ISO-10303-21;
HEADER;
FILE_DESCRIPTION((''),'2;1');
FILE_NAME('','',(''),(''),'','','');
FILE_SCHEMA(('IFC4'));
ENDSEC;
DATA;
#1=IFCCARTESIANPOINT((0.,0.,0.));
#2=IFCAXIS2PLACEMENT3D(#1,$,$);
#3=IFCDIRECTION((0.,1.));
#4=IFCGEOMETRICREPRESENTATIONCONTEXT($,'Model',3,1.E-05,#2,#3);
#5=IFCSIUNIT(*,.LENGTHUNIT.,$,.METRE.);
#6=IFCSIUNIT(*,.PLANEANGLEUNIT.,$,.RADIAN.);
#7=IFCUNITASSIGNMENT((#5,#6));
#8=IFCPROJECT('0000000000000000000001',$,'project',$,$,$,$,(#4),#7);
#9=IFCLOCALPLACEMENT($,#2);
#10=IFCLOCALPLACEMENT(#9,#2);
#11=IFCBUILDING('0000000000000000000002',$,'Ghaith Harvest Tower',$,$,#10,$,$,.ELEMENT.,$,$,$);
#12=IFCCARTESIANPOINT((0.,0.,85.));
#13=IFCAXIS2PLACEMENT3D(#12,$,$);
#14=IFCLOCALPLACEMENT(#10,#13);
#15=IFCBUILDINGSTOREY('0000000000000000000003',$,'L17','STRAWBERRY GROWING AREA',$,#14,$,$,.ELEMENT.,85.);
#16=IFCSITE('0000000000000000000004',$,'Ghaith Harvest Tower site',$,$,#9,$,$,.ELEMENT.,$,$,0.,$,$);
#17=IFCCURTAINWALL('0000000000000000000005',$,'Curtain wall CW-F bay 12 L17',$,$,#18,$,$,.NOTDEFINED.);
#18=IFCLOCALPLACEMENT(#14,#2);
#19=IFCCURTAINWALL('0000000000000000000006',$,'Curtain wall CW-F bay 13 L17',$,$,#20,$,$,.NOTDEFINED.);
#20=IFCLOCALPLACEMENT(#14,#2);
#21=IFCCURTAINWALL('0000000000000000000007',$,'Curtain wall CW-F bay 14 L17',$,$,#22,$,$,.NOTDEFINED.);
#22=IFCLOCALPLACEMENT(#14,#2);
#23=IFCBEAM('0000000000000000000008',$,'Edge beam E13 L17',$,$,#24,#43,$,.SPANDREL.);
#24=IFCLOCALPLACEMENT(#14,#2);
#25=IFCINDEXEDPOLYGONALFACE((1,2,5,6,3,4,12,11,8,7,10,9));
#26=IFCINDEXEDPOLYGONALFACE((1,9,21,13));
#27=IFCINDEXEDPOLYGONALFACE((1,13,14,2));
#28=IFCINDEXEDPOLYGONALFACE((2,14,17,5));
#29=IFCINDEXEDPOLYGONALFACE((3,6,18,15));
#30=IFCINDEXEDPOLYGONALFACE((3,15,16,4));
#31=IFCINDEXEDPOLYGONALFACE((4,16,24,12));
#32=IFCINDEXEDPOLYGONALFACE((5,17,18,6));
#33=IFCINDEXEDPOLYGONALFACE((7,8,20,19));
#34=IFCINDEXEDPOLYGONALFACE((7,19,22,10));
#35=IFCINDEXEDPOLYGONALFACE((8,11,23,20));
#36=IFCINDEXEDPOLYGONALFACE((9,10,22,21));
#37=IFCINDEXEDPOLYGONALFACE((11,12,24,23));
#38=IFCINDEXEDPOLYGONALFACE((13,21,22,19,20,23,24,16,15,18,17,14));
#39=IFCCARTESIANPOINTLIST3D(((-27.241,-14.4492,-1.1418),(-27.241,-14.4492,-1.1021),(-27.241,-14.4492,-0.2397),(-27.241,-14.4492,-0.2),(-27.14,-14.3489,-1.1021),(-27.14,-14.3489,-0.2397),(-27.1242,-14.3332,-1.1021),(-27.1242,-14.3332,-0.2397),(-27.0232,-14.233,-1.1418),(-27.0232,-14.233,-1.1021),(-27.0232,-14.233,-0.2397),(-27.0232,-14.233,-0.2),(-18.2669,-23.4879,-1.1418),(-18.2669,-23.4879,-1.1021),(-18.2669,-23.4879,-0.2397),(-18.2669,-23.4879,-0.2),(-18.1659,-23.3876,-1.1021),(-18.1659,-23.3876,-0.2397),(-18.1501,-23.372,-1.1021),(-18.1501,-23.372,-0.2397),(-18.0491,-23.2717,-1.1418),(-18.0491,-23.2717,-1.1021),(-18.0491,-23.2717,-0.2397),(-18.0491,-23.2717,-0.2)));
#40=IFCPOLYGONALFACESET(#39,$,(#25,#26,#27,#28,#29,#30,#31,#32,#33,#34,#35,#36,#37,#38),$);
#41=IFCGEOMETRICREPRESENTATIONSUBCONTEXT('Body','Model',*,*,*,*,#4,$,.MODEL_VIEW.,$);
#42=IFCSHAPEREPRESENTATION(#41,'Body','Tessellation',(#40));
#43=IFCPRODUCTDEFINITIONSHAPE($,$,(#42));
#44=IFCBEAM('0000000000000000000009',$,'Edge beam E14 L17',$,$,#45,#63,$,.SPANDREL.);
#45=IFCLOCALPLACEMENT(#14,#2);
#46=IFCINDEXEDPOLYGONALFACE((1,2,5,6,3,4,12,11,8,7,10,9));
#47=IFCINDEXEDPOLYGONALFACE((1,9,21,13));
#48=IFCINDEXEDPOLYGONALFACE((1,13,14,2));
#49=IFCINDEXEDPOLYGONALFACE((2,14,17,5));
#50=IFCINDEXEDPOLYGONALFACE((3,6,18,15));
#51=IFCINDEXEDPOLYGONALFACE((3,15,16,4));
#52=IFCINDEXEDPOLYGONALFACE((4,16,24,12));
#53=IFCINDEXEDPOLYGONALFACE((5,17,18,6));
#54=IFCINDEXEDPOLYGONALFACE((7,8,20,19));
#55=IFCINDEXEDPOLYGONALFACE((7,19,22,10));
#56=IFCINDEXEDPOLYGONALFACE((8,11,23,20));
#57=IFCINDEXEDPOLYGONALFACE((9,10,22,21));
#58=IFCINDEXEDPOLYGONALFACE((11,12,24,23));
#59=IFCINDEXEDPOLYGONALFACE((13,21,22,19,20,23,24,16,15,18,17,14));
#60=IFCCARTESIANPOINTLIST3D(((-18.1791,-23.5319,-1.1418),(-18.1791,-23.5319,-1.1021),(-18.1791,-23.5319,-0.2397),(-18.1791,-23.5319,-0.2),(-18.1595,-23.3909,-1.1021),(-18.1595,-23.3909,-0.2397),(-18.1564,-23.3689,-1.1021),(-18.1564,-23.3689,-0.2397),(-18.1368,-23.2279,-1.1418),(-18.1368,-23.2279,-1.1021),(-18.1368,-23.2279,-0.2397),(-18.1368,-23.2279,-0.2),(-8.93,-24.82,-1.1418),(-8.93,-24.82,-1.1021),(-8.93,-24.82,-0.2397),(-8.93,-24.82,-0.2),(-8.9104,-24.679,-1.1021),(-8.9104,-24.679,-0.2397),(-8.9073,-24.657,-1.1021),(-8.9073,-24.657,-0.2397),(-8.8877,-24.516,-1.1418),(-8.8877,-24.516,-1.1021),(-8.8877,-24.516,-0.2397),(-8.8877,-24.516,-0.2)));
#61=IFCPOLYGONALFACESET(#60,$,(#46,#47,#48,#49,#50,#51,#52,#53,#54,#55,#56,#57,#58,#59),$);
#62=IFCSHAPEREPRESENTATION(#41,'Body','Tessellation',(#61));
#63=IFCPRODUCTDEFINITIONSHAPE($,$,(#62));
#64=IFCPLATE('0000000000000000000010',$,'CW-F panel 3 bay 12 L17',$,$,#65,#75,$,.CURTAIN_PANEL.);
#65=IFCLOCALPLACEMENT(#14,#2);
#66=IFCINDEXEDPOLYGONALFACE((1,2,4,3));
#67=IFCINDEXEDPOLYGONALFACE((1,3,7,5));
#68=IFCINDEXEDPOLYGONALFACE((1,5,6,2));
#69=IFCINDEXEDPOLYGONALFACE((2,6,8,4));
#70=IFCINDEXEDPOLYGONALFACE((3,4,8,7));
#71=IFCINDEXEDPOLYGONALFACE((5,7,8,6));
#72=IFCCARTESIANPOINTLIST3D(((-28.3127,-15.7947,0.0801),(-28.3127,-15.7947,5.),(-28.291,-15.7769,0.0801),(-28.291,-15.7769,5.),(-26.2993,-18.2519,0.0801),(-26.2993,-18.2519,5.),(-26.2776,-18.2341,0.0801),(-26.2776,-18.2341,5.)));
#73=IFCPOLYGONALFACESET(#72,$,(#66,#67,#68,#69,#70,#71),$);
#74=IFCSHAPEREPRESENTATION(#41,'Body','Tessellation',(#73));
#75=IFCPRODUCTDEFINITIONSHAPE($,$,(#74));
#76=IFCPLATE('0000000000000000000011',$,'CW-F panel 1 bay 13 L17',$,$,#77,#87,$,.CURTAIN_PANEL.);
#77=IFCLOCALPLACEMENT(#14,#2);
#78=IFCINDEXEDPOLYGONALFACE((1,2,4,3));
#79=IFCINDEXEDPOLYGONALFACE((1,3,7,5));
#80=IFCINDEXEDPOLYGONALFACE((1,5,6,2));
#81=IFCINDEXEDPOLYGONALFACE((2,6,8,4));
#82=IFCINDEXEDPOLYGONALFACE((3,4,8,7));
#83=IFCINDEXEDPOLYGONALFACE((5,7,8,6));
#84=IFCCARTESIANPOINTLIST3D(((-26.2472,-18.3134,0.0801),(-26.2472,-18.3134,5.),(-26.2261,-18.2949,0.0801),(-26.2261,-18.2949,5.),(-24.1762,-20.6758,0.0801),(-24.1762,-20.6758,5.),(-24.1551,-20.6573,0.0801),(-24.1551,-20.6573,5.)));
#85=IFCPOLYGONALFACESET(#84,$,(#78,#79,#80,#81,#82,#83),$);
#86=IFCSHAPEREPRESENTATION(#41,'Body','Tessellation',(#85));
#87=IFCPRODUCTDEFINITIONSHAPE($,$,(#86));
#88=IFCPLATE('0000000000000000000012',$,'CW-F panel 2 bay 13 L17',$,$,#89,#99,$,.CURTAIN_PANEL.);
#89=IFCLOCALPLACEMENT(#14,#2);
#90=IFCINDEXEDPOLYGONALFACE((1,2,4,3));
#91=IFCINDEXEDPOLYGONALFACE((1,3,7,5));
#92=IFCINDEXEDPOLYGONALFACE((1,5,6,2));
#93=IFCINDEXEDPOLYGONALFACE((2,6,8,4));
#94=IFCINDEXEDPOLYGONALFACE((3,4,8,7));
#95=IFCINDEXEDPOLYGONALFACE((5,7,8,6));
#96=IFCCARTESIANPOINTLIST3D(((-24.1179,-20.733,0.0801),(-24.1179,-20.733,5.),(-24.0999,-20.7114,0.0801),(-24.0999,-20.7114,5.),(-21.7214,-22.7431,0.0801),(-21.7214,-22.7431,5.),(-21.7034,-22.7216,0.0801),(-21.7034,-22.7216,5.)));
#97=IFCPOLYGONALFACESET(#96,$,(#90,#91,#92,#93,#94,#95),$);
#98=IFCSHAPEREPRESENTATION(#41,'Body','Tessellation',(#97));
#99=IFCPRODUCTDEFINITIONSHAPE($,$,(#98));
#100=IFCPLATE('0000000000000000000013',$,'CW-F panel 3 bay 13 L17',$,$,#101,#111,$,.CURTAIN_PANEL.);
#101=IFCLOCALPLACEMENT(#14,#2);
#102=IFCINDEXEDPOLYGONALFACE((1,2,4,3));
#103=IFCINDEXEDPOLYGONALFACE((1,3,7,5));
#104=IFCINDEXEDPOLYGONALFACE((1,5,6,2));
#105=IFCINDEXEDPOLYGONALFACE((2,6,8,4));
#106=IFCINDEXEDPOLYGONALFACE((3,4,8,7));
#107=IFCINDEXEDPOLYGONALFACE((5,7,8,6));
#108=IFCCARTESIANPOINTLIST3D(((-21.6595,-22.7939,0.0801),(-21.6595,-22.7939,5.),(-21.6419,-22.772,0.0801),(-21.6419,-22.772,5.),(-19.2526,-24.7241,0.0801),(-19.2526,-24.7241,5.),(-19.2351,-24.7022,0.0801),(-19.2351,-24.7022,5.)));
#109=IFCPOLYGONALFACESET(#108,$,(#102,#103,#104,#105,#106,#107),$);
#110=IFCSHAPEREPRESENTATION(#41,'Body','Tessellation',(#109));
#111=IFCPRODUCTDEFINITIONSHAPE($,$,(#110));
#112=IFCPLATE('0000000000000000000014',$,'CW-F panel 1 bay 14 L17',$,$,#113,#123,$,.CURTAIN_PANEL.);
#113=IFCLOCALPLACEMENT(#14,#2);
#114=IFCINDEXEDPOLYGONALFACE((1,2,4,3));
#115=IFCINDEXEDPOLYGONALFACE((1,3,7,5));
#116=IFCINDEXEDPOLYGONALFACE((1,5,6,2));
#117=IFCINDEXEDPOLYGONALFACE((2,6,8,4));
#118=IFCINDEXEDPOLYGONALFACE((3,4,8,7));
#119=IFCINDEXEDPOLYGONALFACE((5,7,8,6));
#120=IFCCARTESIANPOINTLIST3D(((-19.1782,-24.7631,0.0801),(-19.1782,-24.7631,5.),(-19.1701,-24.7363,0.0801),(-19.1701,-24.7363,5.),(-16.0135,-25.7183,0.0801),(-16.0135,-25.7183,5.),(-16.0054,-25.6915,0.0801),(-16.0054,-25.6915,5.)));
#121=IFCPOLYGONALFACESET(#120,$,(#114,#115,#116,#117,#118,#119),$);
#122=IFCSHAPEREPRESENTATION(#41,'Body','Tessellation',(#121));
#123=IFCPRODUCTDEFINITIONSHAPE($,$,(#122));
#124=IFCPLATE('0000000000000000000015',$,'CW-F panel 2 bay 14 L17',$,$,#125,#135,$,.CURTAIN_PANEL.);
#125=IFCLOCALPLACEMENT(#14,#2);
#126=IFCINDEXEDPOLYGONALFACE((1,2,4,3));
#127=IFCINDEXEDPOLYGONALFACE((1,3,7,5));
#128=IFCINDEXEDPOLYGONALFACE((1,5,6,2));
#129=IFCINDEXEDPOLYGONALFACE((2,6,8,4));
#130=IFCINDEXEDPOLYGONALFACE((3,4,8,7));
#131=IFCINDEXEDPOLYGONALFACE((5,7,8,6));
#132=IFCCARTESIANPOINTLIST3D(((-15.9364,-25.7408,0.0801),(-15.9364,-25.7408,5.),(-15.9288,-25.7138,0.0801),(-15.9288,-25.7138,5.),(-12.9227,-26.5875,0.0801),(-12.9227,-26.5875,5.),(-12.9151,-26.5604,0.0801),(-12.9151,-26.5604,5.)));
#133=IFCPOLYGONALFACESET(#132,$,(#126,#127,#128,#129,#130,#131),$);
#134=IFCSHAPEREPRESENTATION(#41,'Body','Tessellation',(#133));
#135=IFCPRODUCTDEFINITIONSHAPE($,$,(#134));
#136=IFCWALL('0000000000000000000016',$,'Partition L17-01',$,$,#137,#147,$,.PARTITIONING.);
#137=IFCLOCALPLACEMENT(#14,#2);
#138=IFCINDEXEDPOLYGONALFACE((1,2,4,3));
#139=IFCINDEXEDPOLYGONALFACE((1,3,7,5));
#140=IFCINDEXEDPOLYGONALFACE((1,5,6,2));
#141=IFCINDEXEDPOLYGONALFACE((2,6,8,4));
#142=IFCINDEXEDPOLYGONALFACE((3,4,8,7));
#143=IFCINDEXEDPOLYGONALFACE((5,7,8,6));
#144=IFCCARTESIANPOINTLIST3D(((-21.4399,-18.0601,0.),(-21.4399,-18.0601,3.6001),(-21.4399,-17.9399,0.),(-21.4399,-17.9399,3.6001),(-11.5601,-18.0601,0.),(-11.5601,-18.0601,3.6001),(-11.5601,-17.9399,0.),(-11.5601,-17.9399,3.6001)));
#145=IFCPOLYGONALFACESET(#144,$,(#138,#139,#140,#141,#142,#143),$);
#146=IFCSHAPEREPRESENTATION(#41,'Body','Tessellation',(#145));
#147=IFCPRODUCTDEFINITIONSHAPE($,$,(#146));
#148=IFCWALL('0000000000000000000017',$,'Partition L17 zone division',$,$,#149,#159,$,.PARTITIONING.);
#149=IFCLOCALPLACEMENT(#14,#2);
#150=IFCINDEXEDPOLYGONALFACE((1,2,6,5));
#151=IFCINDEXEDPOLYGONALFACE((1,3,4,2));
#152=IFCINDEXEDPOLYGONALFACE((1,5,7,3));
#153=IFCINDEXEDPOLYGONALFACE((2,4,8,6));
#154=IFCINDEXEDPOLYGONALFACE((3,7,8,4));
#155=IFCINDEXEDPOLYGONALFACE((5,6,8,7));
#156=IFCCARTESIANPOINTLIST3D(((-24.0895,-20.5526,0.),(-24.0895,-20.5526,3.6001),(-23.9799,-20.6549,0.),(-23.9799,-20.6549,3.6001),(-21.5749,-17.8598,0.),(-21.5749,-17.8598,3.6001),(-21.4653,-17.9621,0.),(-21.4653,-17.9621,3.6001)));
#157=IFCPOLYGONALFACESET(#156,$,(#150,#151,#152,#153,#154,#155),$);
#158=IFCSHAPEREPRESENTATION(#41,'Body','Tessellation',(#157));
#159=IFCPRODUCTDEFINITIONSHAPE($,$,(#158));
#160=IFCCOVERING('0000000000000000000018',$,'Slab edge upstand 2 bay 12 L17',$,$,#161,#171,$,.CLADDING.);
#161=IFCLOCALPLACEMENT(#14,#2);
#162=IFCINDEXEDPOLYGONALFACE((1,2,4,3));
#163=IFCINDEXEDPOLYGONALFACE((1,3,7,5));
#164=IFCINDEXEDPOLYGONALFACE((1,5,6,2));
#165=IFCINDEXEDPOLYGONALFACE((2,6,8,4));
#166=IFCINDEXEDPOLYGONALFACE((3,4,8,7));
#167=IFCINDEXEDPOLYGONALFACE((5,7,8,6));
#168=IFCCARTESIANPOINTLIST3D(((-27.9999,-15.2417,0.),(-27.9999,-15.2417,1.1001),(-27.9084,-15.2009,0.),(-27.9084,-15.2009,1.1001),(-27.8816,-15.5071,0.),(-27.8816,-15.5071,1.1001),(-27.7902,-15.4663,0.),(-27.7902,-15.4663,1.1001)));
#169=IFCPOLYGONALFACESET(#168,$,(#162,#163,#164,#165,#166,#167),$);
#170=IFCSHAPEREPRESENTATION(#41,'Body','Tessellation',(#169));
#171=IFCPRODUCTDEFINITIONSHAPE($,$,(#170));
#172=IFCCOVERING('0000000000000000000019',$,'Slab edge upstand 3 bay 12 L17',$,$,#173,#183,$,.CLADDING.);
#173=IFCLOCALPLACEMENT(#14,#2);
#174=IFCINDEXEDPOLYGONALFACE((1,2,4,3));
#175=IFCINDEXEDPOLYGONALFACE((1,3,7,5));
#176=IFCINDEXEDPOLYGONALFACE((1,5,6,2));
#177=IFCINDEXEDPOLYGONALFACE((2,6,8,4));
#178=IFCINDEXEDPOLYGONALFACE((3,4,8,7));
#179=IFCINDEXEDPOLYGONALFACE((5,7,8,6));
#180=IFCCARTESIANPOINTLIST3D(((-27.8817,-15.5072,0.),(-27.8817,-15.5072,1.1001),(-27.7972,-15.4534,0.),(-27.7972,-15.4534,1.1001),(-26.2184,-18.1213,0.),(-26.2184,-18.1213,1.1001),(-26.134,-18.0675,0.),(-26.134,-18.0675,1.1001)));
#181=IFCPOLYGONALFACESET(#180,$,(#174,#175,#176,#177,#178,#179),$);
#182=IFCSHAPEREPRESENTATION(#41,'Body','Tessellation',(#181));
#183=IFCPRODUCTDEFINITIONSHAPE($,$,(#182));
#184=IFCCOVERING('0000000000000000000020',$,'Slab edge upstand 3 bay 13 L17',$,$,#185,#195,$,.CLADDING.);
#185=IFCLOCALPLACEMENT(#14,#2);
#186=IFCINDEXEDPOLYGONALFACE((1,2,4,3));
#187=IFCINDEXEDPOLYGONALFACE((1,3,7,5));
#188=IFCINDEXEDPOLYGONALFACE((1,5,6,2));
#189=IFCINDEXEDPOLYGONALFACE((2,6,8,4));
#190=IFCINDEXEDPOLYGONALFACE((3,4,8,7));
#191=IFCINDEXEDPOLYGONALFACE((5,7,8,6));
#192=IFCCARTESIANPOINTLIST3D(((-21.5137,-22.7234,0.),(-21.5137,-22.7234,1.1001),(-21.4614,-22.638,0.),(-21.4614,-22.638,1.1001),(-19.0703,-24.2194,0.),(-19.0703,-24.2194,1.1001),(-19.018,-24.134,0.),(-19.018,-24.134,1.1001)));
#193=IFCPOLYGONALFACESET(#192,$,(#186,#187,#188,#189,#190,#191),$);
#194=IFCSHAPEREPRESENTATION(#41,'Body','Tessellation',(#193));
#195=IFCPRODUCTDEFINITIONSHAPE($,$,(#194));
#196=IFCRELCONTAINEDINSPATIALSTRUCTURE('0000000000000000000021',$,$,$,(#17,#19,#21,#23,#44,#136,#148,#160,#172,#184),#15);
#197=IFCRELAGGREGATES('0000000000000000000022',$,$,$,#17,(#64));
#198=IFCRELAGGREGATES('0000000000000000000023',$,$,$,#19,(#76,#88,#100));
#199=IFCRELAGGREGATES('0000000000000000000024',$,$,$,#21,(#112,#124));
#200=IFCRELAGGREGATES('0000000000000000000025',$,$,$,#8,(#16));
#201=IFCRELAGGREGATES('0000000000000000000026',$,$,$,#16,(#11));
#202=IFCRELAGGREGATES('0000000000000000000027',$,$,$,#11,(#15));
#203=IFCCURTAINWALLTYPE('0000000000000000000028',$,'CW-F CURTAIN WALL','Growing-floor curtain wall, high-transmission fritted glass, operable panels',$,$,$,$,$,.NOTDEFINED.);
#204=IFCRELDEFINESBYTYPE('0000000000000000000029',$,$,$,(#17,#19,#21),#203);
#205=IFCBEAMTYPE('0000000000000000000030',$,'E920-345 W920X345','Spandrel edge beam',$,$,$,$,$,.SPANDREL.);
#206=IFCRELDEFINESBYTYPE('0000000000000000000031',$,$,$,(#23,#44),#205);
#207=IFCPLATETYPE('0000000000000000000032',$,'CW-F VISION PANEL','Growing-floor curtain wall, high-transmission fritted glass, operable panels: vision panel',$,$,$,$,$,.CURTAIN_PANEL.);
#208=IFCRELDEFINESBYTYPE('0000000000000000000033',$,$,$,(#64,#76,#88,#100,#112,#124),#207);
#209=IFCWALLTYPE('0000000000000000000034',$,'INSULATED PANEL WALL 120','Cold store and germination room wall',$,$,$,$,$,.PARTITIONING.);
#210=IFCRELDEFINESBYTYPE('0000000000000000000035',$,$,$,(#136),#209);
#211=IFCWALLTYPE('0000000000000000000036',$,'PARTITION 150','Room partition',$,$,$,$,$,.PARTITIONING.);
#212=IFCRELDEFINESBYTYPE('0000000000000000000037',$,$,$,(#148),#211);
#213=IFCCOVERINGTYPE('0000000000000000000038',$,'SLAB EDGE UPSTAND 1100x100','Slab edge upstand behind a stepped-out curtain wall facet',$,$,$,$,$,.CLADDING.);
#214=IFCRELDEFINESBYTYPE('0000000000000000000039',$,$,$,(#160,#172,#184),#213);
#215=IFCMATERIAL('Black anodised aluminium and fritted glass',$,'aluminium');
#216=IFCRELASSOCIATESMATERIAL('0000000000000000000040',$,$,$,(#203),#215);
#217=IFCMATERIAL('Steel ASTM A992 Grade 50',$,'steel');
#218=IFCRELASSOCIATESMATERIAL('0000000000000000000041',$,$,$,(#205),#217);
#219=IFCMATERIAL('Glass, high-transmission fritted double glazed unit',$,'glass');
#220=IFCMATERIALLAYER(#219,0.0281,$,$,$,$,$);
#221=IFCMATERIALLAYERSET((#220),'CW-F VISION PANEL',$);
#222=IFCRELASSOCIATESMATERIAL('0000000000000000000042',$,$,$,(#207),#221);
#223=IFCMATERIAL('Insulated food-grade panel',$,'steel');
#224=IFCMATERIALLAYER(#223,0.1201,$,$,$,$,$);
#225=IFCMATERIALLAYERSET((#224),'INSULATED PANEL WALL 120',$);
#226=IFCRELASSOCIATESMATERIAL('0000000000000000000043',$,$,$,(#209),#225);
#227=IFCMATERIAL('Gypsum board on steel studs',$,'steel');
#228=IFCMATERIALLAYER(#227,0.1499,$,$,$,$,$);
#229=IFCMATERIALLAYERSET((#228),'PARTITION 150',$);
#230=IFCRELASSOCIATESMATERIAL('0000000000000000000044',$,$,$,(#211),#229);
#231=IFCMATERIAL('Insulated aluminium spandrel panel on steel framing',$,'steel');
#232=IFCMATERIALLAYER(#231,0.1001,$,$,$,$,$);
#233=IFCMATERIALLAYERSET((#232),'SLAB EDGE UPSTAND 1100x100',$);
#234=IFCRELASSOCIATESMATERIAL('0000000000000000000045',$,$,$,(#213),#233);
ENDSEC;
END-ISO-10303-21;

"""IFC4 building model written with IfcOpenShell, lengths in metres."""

from ifc_helpers import new_model, si_unit, direction, frame, frame_2d, origin, origin_2d, place, context, subcontext, project, spatial, rectangle, i_section, extrude, material, layer, layer_set, material_profile, profile_set, type_object, element, aggregate, save


model = new_model("IFC4")

# Units and contexts
model_context = context("Model", 3, precision=1e-05, world=origin(), true_north=direction((0.0, 1.0)))
body_context = subcontext(model_context, "Body", "Model", "MODEL_VIEW")
ifc_project = project(units=[si_unit("LENGTHUNIT", "METRE"), si_unit("PLANEANGLEUNIT", "RADIAN")], contexts=[model_context])

# Site, building, storey
site_placement = place(None, origin())
site = spatial("IfcSite", under=ifc_project, at=site_placement, Name="Ghaith Harvest Tower site", CompositionType="ELEMENT", RefElevation=0.0)
building_placement = place(site_placement, origin())
building = spatial("IfcBuilding", under=site, at=building_placement, Name="Ghaith Harvest Tower", CompositionType="ELEMENT")
storey_placement = place(building_placement, frame((0.0, 0.0, 85.0)))
storey = spatial("IfcBuildingStorey", under=building, at=storey_placement, Name="L17", Description="STRAWBERRY GROWING AREA", CompositionType="ELEMENT", Elevation=85.0)

# Curtain wall
ifc_material_1 = material(Name="Black anodised aluminium and fritted glass", Category="aluminium")
curtain_wall_type = type_object("IfcCurtainWallType", Name="CW-F CURTAIN WALL", Description="Growing-floor curtain wall, high-transmission fritted glass, operable panels", PredefinedType="NOTDEFINED", material=ifc_material_1)
curtain_wall_1_placement = place(storey_placement, origin())
curtain_wall_1 = element("IfcCurtainWall", 1, at=curtain_wall_1_placement, inside=storey, type_object=curtain_wall_type, Name="Curtain wall CW-F bay 12 L17", PredefinedType="NOTDEFINED")

# Curtain walls
curtain_wall_2_placement = place(storey_placement, origin())
curtain_wall_2 = element("IfcCurtainWall", 2, at=curtain_wall_2_placement, inside=storey, type_object=curtain_wall_type, Name="Curtain wall CW-F bay 13 L17", PredefinedType="NOTDEFINED")
curtain_wall_3_placement = place(storey_placement, origin())
curtain_wall_3 = element("IfcCurtainWall", 3, at=curtain_wall_3_placement, inside=storey, type_object=curtain_wall_type, Name="Curtain wall CW-F bay 14 L17", PredefinedType="NOTDEFINED")

# Beams
ifc_material_2 = material(Name="Steel ASTM A992 Grade 50", Category="steel")
ifc_material_profile_1 = material_profile(ifc_material_2, i_section(OverallWidth=0.3069, OverallDepth=0.9419, WebThickness=0.0222, FlangeThickness=0.0398, at=origin_2d()), Name="W920X345")
ifc_profile_set_1 = profile_set([ifc_material_profile_1], Name="Steel ASTM A992 Grade 50")
beam_type = type_object("IfcBeamType", Name="E920-345 W920X345", Description="Spandrel edge beam", PredefinedType="SPANDREL", material=ifc_profile_set_1)
beam_1_placement = place(storey_placement, frame((-27.1321, -14.3411, -0.6709), z_axis=(0.704563, -0.709642, 0.0), x_axis=(0.709642, 0.704563, 0.0)))
element("IfcBeam", 4, at=beam_1_placement, inside=storey, type_object=beam_type, Name="Edge beam E13 L17", PredefinedType="SPANDREL", context=body_context, shape_type="SweptSolid", body=[
    extrude(i_section(OverallWidth=0.3069, OverallDepth=0.9419, WebThickness=0.0222, FlangeThickness=0.0398, at=origin_2d()), origin(), (0.0, 0.0, 1.0), 12.7371),
])
beam_2_placement = place(storey_placement, frame((-18.158, -23.3799, -0.6709), z_axis=(0.990441, -0.137936, 0.0), x_axis=(0.137936, 0.990441, 0.0)))
element("IfcBeam", 5, at=beam_2_placement, inside=storey, type_object=beam_type, Name="Edge beam E14 L17", PredefinedType="SPANDREL", context=body_context, shape_type="SweptSolid", body=[
    extrude(i_section(OverallWidth=0.3069, OverallDepth=0.9419, WebThickness=0.0222, FlangeThickness=0.0398, at=origin_2d()), origin(), (0.0, 0.0, 1.0), 9.3384),
])

# Plates
ifc_material_3 = material(Name="Glass, high-transmission fritted double glazed unit", Category="glass")
ifc_layer_1 = layer(ifc_material_3, 0.0281)
ifc_layer_set_1 = layer_set([ifc_layer_1], Name="CW-F VISION PANEL")
plate_type = type_object("IfcPlateType", Name="CW-F VISION PANEL", Description="Growing-floor curtain wall, high-transmission fritted glass, operable panels: vision panel", PredefinedType="CURTAIN_PANEL", material=ifc_layer_set_1)
plate_1_placement = place(storey_placement, frame((-27.2952, -17.0144, 0.0801), z_axis=(0.0, 0.0, 1.0), x_axis=(0.63379, -0.773505, 0.0)))
plate_1 = element("IfcPlate", 6, at=plate_1_placement, type_object=plate_type, Name="CW-F panel 3 bay 12 L17", PredefinedType="CURTAIN_PANEL", context=body_context, shape_type="SweptSolid", body=[
    extrude(rectangle(XDim=3.1768, YDim=0.0281, at=origin_2d()), origin(), (0.0, 0.0, 1.0), 4.9199),
])
aggregate(curtain_wall_1, [plate_1])
plate_2_placement = place(storey_placement, frame((-25.2012, -19.4854, 0.0801), z_axis=(0.0, 0.0, 1.0), x_axis=(0.659216, -0.751954, 0.0)))
plate_2 = element("IfcPlate", 7, at=plate_2_placement, type_object=plate_type, Name="CW-F panel 1 bay 13 L17", PredefinedType="CURTAIN_PANEL", context=body_context, shape_type="SweptSolid", body=[
    extrude(rectangle(XDim=3.1416, YDim=0.0281, at=origin_2d()), origin(), (0.0, 0.0, 1.0), 4.9199),
])
plate_3_placement = place(storey_placement, frame((-22.9106, -21.7273, 0.0801), z_axis=(0.0, 0.0, 1.0), x_axis=(0.766155, -0.642656, 0.0)))
plate_3 = element("IfcPlate", 8, at=plate_3_placement, type_object=plate_type, Name="CW-F panel 2 bay 13 L17", PredefinedType="CURTAIN_PANEL", context=body_context, shape_type="SweptSolid", body=[
    extrude(rectangle(XDim=3.1279, YDim=0.0281, at=origin_2d()), origin(), (0.0, 0.0, 1.0), 4.9199),
])
plate_4_placement = place(storey_placement, frame((-20.4473, -23.748, 0.0801), z_axis=(0.0, 0.0, 1.0), x_axis=(0.780122, -0.625627, 0.0)))
plate_4 = element("IfcPlate", 9, at=plate_4_placement, type_object=plate_type, Name="CW-F panel 3 bay 13 L17", PredefinedType="CURTAIN_PANEL", context=body_context, shape_type="SweptSolid", body=[
    extrude(rectangle(XDim=3.0852, YDim=0.0281, at=origin_2d()), origin(), (0.0, 0.0, 1.0), 4.9199),
])
aggregate(curtain_wall_2, [plate_2, plate_3, plate_4])
plate_5_placement = place(storey_placement, frame((-17.5918, -25.2273, 0.0801), z_axis=(0.0, 0.0, 1.0), x_axis=(0.957342, -0.288956, 0.0)))
plate_5 = element("IfcPlate", 10, at=plate_5_placement, type_object=plate_type, Name="CW-F panel 1 bay 14 L17", PredefinedType="CURTAIN_PANEL", context=body_context, shape_type="SweptSolid", body=[
    extrude(rectangle(XDim=3.3057, YDim=0.0281, at=origin_2d()), origin(), (0.0, 0.0, 1.0), 4.9199),
])
plate_6_placement = place(storey_placement, frame((-14.4258, -26.1506, 0.0801), z_axis=(0.0, 0.0, 1.0), x_axis=(0.96273, -0.270465, 0.0)))
plate_6 = element("IfcPlate", 11, at=plate_6_placement, type_object=plate_type, Name="CW-F panel 2 bay 14 L17", PredefinedType="CURTAIN_PANEL", context=body_context, shape_type="SweptSolid", body=[
    extrude(rectangle(XDim=3.1304, YDim=0.0281, at=origin_2d()), origin(), (0.0, 0.0, 1.0), 4.9199),
])
aggregate(curtain_wall_3, [plate_5, plate_6])

# Walls
ifc_material_4 = material(Name="Insulated food-grade panel", Category="steel")
ifc_layer_2 = layer(ifc_material_4, 0.1201)
ifc_layer_set_2 = layer_set([ifc_layer_2], Name="INSULATED PANEL WALL 120")
wall_type_1 = type_object("IfcWallType", Name="INSULATED PANEL WALL 120", Description="Cold store and germination room wall", PredefinedType="PARTITIONING", material=ifc_layer_set_2)
wall_1_placement = place(storey_placement, frame((-21.4399, -18.0, 0.0), z_axis=(0.0, 0.0, 1.0), x_axis=(1.0, 0.0, 0.0)))
element("IfcWall", 12, at=wall_1_placement, inside=storey, type_object=wall_type_1, Name="Partition L17-01", PredefinedType="PARTITIONING", context=body_context, shape_type="SweptSolid", body=[
    extrude(rectangle(XDim=9.8799, YDim=0.1201, at=frame_2d((4.9399, 0.0))), origin(), (0.0, 0.0, 1.0), 3.6001),
])
ifc_material_5 = material(Name="Gypsum board on steel studs", Category="steel")
ifc_layer_3 = layer(ifc_material_5, 0.1499)
ifc_layer_set_3 = layer_set([ifc_layer_3], Name="PARTITION 150")
wall_type_2 = type_object("IfcWallType", Name="PARTITION 150", Description="Room partition", PredefinedType="PARTITIONING", material=ifc_layer_set_3)
wall_2_placement = place(storey_placement, frame((-21.52, -17.9109, 0.0), z_axis=(0.0, 0.0, 1.0), x_axis=(-0.682507, -0.730879, 0.0)))
element("IfcWall", 13, at=wall_2_placement, inside=storey, type_object=wall_type_2, Name="Partition L17 zone division", PredefinedType="PARTITIONING", context=body_context, shape_type="SweptSolid", body=[
    extrude(rectangle(XDim=3.6843, YDim=0.1499, at=frame_2d((1.8423, 0.0))), origin(), (0.0, 0.0, 1.0), 3.6001),
])

# Coverings
ifc_material_6 = material(Name="Insulated aluminium spandrel panel on steel framing", Category="steel")
ifc_layer_4 = layer(ifc_material_6, 0.1001)
ifc_layer_set_4 = layer_set([ifc_layer_4], Name="SLAB EDGE UPSTAND 1100x100")
covering_type = type_object("IfcCoveringType", Name="SLAB EDGE UPSTAND 1100x100", Description="Slab edge upstand behind a stepped-out curtain wall facet", PredefinedType="CLADDING", material=ifc_layer_set_4)
covering_1_placement = place(storey_placement, frame((-27.895, -15.354, 0.0), z_axis=(0.0, 0.0, 1.0), x_axis=(0.407003, -0.913427, 0.0)))
element("IfcCovering", 14, at=covering_1_placement, inside=storey, type_object=covering_type, Name="Slab edge upstand 2 bay 12 L17", PredefinedType="CLADDING", context=body_context, shape_type="SweptSolid", body=[
    extrude(rectangle(XDim=0.2905, YDim=0.1001, at=origin_2d()), origin(), (0.0, 0.0, 1.0), 1.1001),
])
covering_2_placement = place(storey_placement, frame((-27.0078, -16.7874, 0.0), z_axis=(0.0, 0.0, 1.0), x_axis=(0.536807, -0.843705, 0.0)))
element("IfcCovering", 15, at=covering_2_placement, inside=storey, type_object=covering_type, Name="Slab edge upstand 3 bay 12 L17", PredefinedType="CLADDING", context=body_context, shape_type="SweptSolid", body=[
    extrude(rectangle(XDim=3.0984, YDim=0.1001, at=origin_2d()), origin(), (0.0, 0.0, 1.0), 1.1001),
])
covering_3_placement = place(storey_placement, frame((-20.2659, -23.4287, 0.0), z_axis=(0.0, 0.0, 1.0), x_axis=(0.852847, -0.522161, 0.0)))
element("IfcCovering", 16, at=covering_3_placement, inside=storey, type_object=covering_type, Name="Slab edge upstand 3 bay 13 L17", PredefinedType="CLADDING", context=body_context, shape_type="SweptSolid", body=[
    extrude(rectangle(XDim=2.865, YDim=0.1001, at=origin_2d()), origin(), (0.0, 0.0, 1.0), 1.1001),
])

save(model, "model.ifc")
